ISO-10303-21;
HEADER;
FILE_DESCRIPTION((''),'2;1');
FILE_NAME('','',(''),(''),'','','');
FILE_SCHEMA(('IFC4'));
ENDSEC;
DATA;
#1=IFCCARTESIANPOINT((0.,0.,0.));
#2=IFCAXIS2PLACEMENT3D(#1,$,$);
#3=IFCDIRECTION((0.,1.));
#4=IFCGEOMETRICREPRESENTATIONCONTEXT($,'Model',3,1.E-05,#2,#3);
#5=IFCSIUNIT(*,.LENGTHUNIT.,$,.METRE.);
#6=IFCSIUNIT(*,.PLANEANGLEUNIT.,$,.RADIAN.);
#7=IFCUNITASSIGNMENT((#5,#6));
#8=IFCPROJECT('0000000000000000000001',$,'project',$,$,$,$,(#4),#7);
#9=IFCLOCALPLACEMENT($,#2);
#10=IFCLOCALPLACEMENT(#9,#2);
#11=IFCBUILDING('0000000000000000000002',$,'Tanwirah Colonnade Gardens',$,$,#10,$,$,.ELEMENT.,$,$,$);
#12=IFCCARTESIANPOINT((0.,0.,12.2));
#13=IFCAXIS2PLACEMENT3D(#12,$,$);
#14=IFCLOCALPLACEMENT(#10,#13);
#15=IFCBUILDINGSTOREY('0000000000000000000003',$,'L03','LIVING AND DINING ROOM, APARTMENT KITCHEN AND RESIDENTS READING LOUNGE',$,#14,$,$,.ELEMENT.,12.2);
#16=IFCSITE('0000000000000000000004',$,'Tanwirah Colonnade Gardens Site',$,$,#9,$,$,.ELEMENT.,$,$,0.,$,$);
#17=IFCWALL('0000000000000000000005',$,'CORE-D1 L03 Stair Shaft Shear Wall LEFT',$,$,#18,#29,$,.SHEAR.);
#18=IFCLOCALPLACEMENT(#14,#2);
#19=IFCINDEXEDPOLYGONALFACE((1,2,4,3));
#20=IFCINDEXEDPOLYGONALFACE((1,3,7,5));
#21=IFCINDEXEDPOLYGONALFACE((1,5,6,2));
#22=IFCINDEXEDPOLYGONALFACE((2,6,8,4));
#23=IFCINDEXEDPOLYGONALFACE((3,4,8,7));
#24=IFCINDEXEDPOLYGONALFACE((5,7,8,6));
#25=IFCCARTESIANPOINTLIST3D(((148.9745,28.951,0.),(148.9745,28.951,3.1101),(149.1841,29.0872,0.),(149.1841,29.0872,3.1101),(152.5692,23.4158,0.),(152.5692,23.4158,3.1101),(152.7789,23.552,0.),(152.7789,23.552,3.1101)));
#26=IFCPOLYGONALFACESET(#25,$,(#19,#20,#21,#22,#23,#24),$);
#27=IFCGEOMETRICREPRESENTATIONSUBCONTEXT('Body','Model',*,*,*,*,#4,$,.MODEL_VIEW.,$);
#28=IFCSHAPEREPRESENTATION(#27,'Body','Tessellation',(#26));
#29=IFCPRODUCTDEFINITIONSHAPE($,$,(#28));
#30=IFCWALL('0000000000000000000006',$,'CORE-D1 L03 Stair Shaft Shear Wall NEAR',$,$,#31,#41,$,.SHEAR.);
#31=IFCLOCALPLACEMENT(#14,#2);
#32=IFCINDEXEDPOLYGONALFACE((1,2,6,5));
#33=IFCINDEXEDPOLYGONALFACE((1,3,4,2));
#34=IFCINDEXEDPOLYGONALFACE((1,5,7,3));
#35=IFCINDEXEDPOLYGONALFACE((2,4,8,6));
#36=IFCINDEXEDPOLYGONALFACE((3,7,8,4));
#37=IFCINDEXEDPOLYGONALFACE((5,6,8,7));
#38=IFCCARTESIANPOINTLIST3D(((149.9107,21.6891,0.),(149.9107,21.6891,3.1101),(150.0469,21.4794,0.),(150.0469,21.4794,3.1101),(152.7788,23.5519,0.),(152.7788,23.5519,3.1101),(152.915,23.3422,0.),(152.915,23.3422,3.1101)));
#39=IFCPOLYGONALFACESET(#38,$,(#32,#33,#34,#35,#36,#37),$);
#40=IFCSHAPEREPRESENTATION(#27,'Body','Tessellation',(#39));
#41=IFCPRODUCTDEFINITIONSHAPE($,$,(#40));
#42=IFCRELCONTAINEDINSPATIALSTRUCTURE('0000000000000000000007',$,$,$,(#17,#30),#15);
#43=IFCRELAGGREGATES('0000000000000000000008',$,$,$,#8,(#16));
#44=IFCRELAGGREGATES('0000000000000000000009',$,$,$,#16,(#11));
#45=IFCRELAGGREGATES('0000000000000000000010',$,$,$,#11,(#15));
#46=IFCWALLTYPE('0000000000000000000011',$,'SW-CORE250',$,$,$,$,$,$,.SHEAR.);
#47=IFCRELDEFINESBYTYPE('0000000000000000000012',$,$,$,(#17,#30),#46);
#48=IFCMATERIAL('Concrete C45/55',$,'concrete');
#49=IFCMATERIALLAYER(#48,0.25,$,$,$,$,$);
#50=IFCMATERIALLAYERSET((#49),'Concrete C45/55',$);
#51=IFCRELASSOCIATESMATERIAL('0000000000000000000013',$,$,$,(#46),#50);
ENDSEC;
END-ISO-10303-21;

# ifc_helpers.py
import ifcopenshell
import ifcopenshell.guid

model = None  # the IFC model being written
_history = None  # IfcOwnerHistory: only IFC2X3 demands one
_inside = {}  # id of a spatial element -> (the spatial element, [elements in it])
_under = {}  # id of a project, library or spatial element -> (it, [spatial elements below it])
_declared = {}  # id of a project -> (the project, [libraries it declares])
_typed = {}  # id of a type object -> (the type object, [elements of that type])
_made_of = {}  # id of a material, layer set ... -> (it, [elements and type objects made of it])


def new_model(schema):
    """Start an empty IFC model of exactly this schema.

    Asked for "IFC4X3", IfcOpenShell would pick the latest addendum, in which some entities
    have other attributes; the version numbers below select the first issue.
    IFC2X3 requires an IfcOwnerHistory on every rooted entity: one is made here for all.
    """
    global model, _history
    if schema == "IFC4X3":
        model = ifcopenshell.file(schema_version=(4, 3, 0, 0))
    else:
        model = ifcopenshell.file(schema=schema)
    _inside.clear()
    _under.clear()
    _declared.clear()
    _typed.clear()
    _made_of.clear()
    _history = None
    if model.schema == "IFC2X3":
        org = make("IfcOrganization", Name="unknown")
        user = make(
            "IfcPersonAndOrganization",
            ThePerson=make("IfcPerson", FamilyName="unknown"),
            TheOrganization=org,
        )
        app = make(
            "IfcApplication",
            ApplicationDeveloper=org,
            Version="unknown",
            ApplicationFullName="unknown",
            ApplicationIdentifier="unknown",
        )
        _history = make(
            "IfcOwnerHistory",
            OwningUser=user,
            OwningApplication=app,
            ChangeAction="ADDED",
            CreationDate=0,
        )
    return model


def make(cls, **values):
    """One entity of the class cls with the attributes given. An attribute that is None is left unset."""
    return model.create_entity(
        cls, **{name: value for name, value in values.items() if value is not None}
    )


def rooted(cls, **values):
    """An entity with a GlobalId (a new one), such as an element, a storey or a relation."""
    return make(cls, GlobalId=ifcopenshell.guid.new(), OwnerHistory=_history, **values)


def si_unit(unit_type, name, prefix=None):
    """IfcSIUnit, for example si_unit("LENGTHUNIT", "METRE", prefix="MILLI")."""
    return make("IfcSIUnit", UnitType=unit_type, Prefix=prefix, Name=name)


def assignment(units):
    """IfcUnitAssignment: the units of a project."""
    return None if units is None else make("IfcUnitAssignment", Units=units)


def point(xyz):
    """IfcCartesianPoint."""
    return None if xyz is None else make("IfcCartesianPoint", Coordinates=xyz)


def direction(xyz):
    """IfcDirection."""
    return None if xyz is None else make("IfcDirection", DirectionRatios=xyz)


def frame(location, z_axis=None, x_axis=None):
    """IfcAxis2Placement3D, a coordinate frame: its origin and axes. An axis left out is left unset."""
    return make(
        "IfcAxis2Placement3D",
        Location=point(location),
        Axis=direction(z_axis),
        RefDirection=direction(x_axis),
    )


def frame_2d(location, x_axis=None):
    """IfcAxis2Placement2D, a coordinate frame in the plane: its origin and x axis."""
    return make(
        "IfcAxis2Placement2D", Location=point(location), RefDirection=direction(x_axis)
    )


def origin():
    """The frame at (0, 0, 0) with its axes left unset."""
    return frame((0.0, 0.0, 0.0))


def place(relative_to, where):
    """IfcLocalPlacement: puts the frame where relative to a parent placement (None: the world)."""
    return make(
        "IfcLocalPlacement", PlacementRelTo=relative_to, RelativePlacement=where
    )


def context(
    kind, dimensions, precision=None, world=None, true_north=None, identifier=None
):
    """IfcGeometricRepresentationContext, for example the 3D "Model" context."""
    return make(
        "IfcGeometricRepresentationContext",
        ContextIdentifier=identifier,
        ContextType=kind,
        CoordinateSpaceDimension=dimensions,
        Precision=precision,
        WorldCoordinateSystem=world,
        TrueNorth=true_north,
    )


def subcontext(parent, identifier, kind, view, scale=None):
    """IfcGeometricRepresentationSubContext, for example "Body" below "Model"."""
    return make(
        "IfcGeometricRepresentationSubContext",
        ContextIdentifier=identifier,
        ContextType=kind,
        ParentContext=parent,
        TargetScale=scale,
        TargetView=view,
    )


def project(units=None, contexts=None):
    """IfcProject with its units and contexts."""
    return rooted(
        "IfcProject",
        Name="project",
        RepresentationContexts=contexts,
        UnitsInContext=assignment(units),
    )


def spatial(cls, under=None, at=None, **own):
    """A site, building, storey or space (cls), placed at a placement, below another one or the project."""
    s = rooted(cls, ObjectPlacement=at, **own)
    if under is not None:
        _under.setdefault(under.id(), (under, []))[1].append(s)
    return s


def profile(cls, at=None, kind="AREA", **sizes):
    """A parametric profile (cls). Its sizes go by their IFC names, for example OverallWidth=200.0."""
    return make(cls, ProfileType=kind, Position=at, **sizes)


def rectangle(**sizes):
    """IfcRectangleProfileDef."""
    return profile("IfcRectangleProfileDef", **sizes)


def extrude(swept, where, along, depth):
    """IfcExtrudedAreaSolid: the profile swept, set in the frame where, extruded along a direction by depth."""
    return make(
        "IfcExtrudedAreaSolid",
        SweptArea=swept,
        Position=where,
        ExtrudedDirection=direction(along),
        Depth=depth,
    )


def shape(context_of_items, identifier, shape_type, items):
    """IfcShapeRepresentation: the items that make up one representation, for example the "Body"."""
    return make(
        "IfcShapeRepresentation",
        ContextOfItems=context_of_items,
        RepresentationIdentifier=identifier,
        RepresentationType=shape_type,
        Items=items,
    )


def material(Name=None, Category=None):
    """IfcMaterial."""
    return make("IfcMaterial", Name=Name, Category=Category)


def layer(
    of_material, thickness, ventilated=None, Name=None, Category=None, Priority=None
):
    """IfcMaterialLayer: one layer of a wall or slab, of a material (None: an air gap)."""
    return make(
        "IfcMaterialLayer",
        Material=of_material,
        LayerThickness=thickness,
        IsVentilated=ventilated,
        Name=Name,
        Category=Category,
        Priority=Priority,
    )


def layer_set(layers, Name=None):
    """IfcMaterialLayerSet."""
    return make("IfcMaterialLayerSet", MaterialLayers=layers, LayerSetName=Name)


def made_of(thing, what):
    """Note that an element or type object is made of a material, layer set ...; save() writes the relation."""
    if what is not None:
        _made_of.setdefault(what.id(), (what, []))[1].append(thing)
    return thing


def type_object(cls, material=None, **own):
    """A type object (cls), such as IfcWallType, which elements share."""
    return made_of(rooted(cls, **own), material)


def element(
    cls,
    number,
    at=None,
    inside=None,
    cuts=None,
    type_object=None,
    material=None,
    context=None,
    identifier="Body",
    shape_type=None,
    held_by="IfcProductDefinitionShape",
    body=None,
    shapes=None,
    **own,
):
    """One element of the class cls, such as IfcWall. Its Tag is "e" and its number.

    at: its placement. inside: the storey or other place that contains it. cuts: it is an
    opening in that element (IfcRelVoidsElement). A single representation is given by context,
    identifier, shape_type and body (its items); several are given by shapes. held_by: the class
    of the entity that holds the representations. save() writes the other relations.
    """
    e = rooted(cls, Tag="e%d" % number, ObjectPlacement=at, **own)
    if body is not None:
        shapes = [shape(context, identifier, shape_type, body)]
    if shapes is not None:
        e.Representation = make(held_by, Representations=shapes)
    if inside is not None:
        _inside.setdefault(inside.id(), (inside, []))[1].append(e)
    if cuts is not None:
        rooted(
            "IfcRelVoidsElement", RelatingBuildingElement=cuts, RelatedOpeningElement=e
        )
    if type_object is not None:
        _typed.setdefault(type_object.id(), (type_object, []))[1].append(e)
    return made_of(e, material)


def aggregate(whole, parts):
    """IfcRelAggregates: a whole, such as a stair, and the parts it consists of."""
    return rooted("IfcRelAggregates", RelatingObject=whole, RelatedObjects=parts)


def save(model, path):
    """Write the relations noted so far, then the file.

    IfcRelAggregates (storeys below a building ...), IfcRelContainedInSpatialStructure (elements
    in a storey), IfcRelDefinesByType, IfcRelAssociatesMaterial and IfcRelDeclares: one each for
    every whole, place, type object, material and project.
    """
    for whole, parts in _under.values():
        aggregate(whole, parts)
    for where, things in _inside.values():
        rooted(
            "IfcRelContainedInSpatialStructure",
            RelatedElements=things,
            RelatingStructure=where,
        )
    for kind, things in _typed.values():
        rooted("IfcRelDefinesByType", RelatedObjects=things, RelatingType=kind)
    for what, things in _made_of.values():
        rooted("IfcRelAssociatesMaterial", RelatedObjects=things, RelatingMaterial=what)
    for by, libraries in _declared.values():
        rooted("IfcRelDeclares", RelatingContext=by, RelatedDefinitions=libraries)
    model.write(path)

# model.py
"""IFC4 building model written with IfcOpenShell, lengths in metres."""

from ifc_helpers import new_model, si_unit, direction, frame, frame_2d, origin, place, context, subcontext, project, spatial, rectangle, extrude, material, layer, layer_set, type_object, element, save


model = new_model("IFC4")

# Units and contexts
model_context = context("Model", 3, precision=1e-05, world=origin(), true_north=direction((0.0, 1.0)))
body_context = subcontext(model_context, "Body", "Model", "MODEL_VIEW")
ifc_project = project(units=[si_unit("LENGTHUNIT", "METRE"), si_unit("PLANEANGLEUNIT", "RADIAN")], contexts=[model_context])

# Site, building, storey
site_placement = place(None, origin())
site = spatial("IfcSite", under=ifc_project, at=site_placement, Name="Tanwirah Colonnade Gardens Site", CompositionType="ELEMENT", RefElevation=0.0)
building_placement = place(site_placement, origin())
building = spatial("IfcBuilding", under=site, at=building_placement, Name="Tanwirah Colonnade Gardens", CompositionType="ELEMENT")
storey_placement = place(building_placement, frame((0.0, 0.0, 12.2)))
storey = spatial("IfcBuildingStorey", under=building, at=storey_placement, Name="L03", Description="LIVING AND DINING ROOM, APARTMENT KITCHEN AND RESIDENTS READING LOUNGE", CompositionType="ELEMENT", Elevation=12.2)

# Walls
ifc_material_1 = material(Name="Concrete C45/55", Category="concrete")
ifc_layer_1 = layer(ifc_material_1, 0.25)
ifc_layer_set_1 = layer_set([ifc_layer_1], Name="Concrete C45/55")
wall_type_1 = type_object("IfcWallType", Name="SW-CORE250", PredefinedType="SHEAR", material=ifc_layer_set_1)
wall_1_placement = place(storey_placement, frame((152.6741, 23.4839, 0.0), z_axis=(0.0, 0.0, 1.0), x_axis=(-0.544655, 0.83866, 0.0)))
element("IfcWall", 1, at=wall_1_placement, inside=storey, type_object=wall_type_1, Name="CORE-D1 L03 Stair Shaft Shear Wall LEFT", PredefinedType="SHEAR", context=body_context, shape_type="SweptSolid", body=[
    extrude(rectangle(XDim=6.6001, YDim=0.25, at=frame_2d((3.3, 0.0))), origin(), (0.0, 0.0, 1.0), 3.1101),
])
wall_2_placement = place(storey_placement, frame((152.8469, 23.447, 0.0), z_axis=(0.0, 0.0, 1.0), x_axis=(-0.838646, -0.544677, 0.0)))
element("IfcWall", 2, at=wall_2_placement, inside=storey, type_object=wall_type_1, Name="CORE-D1 L03 Stair Shaft Shear Wall NEAR", PredefinedType="SHEAR", context=body_context, shape_type="SweptSolid", body=[
    extrude(rectangle(XDim=3.4199, YDim=0.25, at=frame_2d((1.71, 0.0))), origin(), (0.0, 0.0, 1.0), 3.1101),
])

save(model, "model.ifc")
